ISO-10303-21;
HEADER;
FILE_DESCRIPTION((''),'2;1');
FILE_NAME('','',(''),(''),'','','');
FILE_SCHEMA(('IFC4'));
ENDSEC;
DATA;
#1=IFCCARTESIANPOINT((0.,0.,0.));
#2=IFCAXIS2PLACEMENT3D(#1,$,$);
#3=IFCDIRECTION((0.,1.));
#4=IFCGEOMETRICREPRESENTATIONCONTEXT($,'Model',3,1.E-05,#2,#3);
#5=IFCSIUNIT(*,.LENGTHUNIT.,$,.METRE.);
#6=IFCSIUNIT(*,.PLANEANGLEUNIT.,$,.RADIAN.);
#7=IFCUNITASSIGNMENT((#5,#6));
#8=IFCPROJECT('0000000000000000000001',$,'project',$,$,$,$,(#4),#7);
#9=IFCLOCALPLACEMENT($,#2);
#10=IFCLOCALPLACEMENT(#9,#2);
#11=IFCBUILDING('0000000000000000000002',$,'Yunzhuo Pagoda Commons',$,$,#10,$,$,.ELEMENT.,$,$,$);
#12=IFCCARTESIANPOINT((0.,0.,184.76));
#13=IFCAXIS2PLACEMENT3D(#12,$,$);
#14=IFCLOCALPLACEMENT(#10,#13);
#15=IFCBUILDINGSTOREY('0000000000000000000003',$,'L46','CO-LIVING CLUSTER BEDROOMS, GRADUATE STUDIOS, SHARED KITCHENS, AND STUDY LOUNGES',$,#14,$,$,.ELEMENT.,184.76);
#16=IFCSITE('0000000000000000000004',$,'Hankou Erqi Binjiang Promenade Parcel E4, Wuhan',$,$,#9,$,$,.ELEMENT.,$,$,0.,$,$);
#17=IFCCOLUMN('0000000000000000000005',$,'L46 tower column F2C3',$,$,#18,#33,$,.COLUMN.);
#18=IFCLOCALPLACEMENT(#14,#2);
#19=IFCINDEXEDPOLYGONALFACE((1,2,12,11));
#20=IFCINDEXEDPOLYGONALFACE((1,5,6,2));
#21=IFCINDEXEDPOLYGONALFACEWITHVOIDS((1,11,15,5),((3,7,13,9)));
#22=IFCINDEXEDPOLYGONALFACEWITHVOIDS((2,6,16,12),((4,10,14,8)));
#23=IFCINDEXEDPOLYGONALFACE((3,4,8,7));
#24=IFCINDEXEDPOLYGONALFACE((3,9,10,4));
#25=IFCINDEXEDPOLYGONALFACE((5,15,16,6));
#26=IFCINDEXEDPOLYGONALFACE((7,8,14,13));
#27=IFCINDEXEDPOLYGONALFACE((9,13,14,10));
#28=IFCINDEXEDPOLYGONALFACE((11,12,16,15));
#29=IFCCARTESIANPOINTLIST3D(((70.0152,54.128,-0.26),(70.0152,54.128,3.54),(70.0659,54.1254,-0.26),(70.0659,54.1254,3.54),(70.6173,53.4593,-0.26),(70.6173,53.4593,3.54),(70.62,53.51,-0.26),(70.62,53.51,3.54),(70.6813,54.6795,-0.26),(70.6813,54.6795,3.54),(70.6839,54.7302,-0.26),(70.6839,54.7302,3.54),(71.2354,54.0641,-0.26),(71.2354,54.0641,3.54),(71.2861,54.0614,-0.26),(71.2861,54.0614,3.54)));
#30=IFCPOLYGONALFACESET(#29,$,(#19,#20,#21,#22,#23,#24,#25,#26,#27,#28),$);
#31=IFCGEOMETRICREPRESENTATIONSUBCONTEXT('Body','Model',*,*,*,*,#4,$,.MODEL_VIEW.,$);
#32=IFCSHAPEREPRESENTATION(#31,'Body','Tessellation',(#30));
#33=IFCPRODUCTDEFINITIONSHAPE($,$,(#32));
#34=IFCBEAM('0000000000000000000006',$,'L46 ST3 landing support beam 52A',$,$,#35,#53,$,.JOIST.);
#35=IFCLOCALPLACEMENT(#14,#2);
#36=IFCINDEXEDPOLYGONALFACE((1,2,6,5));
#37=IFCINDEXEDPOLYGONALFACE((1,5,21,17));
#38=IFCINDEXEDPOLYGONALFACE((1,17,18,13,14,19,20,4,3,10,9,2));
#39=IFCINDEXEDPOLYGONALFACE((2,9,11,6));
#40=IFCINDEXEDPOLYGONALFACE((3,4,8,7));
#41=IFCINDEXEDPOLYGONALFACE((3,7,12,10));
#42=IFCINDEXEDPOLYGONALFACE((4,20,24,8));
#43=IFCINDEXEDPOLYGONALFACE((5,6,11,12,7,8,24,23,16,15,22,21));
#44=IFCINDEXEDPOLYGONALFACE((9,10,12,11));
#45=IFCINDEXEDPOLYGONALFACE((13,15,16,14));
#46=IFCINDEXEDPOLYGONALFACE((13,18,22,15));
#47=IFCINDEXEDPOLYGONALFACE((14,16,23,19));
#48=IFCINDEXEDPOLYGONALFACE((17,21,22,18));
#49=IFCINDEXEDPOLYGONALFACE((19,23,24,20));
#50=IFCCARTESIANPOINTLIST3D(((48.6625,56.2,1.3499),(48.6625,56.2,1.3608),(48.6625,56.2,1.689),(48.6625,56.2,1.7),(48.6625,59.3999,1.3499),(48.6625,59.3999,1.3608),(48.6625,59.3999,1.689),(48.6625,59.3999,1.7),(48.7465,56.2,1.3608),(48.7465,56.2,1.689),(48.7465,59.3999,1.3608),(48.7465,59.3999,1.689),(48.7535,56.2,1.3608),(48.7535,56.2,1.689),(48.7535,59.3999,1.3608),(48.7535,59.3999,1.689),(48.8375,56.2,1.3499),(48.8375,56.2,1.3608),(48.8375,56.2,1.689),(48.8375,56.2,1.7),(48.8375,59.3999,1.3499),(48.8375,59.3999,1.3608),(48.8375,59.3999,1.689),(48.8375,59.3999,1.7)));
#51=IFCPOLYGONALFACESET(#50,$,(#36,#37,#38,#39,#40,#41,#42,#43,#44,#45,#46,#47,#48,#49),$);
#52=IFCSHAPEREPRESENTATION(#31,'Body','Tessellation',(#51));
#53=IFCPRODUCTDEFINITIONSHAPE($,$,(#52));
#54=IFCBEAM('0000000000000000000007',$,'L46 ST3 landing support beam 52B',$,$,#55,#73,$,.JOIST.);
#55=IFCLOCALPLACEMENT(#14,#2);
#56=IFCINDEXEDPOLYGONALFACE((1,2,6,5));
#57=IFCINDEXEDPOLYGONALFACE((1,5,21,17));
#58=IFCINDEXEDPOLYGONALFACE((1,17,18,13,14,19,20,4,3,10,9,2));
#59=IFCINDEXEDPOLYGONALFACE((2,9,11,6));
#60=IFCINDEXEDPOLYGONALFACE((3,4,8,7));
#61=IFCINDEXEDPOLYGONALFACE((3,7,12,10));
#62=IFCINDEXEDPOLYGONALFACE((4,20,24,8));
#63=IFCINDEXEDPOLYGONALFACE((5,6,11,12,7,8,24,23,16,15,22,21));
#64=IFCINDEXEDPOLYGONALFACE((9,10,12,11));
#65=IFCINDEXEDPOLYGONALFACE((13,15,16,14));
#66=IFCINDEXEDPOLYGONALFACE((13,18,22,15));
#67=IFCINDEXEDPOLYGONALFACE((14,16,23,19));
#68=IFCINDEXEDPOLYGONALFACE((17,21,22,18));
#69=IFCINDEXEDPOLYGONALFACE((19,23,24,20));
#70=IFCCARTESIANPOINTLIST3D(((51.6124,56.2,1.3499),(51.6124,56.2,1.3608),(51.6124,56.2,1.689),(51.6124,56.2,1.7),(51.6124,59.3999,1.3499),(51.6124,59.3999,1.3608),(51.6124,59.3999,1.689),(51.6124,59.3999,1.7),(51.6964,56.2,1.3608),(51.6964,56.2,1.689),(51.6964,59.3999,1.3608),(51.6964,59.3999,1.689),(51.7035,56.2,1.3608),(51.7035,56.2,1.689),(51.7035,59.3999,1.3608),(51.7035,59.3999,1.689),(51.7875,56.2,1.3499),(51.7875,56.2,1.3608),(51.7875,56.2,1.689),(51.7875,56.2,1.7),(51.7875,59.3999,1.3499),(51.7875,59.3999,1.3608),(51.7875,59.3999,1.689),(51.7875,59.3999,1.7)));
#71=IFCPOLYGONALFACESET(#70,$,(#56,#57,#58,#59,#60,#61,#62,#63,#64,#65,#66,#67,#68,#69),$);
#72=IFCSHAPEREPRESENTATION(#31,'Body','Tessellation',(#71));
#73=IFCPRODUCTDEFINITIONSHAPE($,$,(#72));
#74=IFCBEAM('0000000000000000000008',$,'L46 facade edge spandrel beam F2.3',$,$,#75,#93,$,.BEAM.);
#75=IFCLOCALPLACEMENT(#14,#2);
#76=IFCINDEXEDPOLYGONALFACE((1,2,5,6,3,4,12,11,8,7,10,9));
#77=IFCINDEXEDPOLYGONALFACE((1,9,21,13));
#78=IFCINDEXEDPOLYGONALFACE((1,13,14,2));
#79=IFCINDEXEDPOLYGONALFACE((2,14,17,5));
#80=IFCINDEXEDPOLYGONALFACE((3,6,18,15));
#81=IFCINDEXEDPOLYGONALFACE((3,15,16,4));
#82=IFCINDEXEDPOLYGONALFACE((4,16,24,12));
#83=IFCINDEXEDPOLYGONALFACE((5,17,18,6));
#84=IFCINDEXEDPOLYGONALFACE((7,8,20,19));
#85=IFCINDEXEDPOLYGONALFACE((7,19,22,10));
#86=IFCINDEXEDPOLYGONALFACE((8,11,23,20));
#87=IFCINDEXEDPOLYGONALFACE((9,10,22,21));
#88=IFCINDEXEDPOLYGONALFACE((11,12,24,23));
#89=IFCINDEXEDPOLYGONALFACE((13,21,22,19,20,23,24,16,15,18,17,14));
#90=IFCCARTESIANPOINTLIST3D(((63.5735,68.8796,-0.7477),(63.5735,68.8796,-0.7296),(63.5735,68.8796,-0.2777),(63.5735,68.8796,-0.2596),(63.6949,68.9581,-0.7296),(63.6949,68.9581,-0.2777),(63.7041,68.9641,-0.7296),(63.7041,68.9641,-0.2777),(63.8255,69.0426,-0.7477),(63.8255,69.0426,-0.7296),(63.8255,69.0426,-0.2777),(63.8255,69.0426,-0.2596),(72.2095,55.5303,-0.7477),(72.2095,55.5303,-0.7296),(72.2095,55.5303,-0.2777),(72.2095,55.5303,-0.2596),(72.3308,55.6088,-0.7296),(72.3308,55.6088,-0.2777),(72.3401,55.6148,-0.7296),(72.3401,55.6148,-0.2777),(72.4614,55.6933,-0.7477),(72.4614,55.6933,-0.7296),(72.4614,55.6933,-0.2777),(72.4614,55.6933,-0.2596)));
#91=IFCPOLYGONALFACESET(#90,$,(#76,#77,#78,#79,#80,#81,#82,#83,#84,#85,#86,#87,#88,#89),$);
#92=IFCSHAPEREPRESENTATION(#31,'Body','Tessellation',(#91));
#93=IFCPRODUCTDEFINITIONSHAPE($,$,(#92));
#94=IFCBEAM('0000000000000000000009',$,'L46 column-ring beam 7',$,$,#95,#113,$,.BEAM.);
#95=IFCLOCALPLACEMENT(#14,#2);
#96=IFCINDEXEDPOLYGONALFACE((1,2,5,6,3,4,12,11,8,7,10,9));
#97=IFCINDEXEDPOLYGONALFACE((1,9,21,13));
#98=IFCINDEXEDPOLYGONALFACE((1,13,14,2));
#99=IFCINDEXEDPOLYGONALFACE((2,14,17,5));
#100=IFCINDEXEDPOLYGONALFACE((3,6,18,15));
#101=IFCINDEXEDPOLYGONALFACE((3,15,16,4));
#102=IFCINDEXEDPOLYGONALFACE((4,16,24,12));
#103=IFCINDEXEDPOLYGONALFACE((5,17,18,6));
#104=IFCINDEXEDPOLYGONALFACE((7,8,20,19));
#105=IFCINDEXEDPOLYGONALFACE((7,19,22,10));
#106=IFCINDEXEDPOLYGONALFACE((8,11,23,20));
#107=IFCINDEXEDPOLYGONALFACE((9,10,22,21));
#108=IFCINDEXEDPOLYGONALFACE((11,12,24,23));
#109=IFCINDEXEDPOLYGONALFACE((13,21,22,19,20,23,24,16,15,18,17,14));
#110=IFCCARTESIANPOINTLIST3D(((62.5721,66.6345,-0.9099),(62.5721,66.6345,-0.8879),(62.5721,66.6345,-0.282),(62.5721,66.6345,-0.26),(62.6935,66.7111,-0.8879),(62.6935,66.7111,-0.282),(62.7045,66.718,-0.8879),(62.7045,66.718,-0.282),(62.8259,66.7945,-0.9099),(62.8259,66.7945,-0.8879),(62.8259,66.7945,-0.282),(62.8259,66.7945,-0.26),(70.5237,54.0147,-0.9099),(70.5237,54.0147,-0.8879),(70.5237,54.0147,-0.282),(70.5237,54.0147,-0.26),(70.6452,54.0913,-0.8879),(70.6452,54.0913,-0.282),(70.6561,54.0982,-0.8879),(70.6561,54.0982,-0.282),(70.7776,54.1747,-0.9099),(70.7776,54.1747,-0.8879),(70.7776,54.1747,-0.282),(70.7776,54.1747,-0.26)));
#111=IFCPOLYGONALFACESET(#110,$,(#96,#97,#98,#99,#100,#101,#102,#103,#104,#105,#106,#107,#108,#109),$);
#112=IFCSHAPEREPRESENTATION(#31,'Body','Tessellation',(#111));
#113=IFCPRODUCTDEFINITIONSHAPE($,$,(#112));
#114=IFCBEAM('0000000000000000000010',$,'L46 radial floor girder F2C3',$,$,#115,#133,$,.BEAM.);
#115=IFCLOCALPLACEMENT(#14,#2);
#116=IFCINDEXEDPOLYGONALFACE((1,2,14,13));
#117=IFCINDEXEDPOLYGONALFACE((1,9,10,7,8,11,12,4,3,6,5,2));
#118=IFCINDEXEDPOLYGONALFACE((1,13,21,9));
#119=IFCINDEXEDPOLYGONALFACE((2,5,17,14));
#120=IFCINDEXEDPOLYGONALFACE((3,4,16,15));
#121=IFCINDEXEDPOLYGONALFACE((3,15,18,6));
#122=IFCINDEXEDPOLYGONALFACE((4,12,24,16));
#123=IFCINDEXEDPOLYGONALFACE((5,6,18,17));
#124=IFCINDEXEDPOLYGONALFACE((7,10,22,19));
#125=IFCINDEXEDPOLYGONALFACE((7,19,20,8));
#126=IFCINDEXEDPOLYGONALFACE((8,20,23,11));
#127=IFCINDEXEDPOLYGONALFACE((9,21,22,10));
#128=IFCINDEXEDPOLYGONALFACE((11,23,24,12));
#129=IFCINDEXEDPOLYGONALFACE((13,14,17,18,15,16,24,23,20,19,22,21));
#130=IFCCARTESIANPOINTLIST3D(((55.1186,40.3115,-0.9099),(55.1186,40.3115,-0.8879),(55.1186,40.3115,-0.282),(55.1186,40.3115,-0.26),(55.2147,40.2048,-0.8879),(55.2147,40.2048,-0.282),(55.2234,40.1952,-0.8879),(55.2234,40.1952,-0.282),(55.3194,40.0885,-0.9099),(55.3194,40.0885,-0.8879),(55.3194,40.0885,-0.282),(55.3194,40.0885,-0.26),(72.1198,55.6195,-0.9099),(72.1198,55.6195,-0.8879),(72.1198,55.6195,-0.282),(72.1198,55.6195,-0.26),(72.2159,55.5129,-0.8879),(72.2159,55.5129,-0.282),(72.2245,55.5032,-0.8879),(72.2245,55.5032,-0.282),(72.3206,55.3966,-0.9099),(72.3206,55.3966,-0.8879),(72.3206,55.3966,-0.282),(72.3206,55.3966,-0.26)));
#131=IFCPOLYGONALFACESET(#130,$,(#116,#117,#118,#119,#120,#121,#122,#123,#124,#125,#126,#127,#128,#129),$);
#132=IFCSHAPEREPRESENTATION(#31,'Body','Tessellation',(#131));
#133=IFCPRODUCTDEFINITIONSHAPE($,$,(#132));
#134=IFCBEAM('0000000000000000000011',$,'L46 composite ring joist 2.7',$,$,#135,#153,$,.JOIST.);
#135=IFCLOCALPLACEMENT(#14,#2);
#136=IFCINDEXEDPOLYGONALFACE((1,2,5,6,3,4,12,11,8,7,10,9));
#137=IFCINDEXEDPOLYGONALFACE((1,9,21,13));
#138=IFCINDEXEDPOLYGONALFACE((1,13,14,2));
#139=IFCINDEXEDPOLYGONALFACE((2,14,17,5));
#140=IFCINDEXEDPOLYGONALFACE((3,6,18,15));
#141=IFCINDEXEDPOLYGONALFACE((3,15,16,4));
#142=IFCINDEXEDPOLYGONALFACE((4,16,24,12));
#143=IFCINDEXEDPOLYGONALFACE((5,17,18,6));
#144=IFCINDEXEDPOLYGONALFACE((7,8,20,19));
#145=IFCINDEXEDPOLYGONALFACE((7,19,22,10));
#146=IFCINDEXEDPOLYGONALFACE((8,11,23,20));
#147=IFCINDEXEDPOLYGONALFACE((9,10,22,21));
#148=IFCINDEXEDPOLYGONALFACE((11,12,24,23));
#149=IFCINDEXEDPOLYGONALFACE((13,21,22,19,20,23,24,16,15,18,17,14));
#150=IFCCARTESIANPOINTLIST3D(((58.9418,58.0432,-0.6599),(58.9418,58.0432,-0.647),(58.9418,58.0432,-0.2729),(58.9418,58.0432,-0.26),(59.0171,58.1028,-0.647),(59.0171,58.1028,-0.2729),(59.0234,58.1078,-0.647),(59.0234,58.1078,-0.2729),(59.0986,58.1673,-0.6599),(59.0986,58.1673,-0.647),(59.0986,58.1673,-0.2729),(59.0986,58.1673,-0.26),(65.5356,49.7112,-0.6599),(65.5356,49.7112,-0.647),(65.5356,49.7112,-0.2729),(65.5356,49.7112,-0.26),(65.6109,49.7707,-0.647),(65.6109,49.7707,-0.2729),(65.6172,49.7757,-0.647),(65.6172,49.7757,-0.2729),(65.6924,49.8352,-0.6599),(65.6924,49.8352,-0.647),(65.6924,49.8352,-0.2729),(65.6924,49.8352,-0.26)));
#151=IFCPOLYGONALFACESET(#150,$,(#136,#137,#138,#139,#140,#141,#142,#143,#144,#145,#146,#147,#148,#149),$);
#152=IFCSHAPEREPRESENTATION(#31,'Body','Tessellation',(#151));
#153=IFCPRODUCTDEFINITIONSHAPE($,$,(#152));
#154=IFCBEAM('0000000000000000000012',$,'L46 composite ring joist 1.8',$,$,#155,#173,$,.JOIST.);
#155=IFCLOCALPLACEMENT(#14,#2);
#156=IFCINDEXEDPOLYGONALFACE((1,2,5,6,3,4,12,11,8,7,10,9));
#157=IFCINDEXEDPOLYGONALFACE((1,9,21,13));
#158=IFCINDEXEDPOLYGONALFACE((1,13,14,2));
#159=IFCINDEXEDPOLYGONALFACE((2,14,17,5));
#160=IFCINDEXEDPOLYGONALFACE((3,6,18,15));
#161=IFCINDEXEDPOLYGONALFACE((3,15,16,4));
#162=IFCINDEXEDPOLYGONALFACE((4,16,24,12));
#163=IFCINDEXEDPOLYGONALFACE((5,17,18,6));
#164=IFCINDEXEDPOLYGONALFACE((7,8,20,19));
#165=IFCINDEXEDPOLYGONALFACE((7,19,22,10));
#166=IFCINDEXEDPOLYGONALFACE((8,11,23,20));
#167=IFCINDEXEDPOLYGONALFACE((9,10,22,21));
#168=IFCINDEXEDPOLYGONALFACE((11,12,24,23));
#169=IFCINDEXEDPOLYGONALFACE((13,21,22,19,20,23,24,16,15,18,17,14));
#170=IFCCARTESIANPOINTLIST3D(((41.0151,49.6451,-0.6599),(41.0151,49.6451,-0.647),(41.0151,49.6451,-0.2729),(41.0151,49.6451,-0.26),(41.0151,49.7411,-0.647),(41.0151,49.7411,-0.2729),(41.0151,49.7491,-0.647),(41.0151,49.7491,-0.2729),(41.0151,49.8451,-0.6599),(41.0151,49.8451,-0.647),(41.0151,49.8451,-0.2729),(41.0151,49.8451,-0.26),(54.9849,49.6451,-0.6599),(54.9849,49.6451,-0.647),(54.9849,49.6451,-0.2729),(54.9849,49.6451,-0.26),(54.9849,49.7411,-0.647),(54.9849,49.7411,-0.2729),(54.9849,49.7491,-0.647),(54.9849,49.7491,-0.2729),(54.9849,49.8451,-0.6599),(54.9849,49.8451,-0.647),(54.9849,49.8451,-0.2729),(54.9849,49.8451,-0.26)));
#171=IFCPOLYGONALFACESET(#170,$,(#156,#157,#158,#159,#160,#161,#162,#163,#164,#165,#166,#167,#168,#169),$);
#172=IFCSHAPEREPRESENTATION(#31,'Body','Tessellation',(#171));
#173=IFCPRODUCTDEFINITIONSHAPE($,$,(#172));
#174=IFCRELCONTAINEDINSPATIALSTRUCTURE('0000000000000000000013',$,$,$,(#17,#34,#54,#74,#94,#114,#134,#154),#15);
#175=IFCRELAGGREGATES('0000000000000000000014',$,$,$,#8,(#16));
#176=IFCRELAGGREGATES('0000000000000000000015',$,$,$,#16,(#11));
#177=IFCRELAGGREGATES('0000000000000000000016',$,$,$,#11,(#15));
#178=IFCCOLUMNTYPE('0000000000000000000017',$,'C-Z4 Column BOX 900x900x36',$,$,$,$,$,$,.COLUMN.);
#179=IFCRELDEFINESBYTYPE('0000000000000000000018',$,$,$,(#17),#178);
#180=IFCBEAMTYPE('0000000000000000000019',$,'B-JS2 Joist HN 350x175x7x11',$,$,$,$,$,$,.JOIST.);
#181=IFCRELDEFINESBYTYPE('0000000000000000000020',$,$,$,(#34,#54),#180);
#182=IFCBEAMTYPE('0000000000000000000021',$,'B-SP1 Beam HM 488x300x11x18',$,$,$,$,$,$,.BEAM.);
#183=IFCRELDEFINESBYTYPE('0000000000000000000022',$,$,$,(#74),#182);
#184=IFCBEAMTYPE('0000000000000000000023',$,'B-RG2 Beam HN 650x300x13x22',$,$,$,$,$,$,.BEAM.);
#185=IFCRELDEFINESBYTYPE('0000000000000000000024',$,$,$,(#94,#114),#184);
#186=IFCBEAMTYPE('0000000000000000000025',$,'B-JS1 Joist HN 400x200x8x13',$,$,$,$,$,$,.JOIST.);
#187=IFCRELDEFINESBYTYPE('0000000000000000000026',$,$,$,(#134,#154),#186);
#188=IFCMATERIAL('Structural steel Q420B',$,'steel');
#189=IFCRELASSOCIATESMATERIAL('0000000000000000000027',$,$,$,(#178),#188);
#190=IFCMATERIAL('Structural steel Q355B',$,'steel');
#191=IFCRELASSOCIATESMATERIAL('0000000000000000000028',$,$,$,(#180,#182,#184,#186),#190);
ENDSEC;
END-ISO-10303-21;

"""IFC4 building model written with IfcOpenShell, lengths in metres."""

from ifc_helpers import new_model, si_unit, direction, frame, origin, origin_2d, place, context, subcontext, project, spatial, hollow_rectangle, i_section, extrude, source, transform, mapped, material, material_profile, profile_set, type_object, element, save


model = new_model("IFC4")

# Units and contexts
model_context = context("Model", 3, precision=1e-05, world=origin(), true_north=direction((0.0, 1.0)))
body_context = subcontext(model_context, "Body", "Model", "MODEL_VIEW")
ifc_project = project(units=[si_unit("LENGTHUNIT", "METRE"), si_unit("PLANEANGLEUNIT", "RADIAN")], contexts=[model_context])

# Site, building, storey
site_placement = place(None, origin())
site = spatial("IfcSite", under=ifc_project, at=site_placement, Name="Hankou Erqi Binjiang Promenade Parcel E4, Wuhan", CompositionType="ELEMENT", RefElevation=0.0)
building_placement = place(site_placement, origin())
building = spatial("IfcBuilding", under=site, at=building_placement, Name="Yunzhuo Pagoda Commons", CompositionType="ELEMENT")
storey_placement = place(building_placement, frame((0.0, 0.0, 184.76)))
storey = spatial("IfcBuildingStorey", under=building, at=storey_placement, Name="L46", Description="CO-LIVING CLUSTER BEDROOMS, GRADUATE STUDIOS, SHARED KITCHENS, AND STUDY LOUNGES", CompositionType="ELEMENT", Elevation=184.76)

# Column
ifc_material_1 = material(Name="Structural steel Q420B", Category="steel")
ifc_material_profile_1 = material_profile(ifc_material_1, hollow_rectangle(XDim=0.8999, YDim=0.8999, WallThickness=0.0359, at=origin_2d()), Name="Structural steel Q420B")
ifc_profile_set_1 = profile_set([ifc_material_profile_1], Name="Structural steel Q420B")
column_type = type_object("IfcColumnType", Name="C-Z4 Column BOX 900x900x36", PredefinedType="COLUMN", material=ifc_profile_set_1)
shared_shape_1 = source(origin(), body_context, "Body", "SweptSolid", [
    extrude(hollow_rectangle(XDim=0.8999, YDim=0.8999, WallThickness=0.0359, at=origin_2d()), origin(), (0.0, 0.0, 1.0), 3.8),
])
column_placement = place(storey_placement, frame((70.6506, 54.0947, -0.26), z_axis=(0.0, 0.0, 1.0), x_axis=(-0.669131, 0.743145, 0.0)))
element("IfcColumn", 1, at=column_placement, inside=storey, type_object=column_type, Name="L46 tower column F2C3", PredefinedType="COLUMN", context=body_context, shape_type="MappedRepresentation", body=[
    mapped(shared_shape_1, transform((0.0, 0.0, 0.0), scale=1.0)),
])

# Beams
ifc_material_2 = material(Name="Structural steel Q355B", Category="steel")
ifc_material_profile_2 = material_profile(ifc_material_2, i_section(OverallWidth=0.175, OverallDepth=0.3501, WebThickness=0.0071, FlangeThickness=0.011, at=origin_2d()), Name="Structural steel Q355B")
ifc_profile_set_2 = profile_set([ifc_material_profile_2], Name="Structural steel Q355B")
beam_type_1 = type_object("IfcBeamType", Name="B-JS2 Joist HN 350x175x7x11", PredefinedType="JOIST", material=ifc_profile_set_2)
shared_shape_2 = source(origin(), body_context, "Body", "SweptSolid", [
    extrude(i_section(OverallWidth=0.175, OverallDepth=0.3501, WebThickness=0.0071, FlangeThickness=0.011, at=origin_2d()), origin(), (0.0, 0.0, 1.0), 3.2),
])
for number, where, z_axis, x_axis, name in (
    (2, (48.75, 56.2, 1.5249), (0.0, 1.0, 0.0), (-1.0, 0.0, 0.0), "L46 ST3 landing support beam 52A"),
    (3, (51.7, 56.2, 1.5249), (0.0, 1.0, 0.0), (-1.0, 0.0, 0.0), "L46 ST3 landing support beam 52B"),
):
    element("IfcBeam", number, at=place(storey_placement, frame(where, z_axis=z_axis, x_axis=x_axis)), inside=storey, type_object=beam_type_1, Name=name, PredefinedType="JOIST", context=body_context, shape_type="MappedRepresentation", body=[
        mapped(shared_shape_2, transform((0.0, 0.0, 0.0), scale=1.0)),
    ])
ifc_material_profile_3 = material_profile(ifc_material_2, i_section(OverallWidth=0.3, OverallDepth=0.488, WebThickness=0.011, FlangeThickness=0.0181, at=origin_2d()), Name="Structural steel Q355B")
ifc_profile_set_3 = profile_set([ifc_material_profile_3], Name="Structural steel Q355B")
beam_type_2 = type_object("IfcBeamType", Name="B-SP1 Beam HM 488x300x11x18", PredefinedType="BEAM", material=ifc_profile_set_3)
shared_shape_3 = source(origin(), body_context, "Body", "SweptSolid", [
    extrude(i_section(OverallWidth=0.3, OverallDepth=0.488, WebThickness=0.011, FlangeThickness=0.0181, at=origin_2d()), origin(), (0.0, 0.0, 1.0), 15.8992),
])
beam_1_placement = place(storey_placement, frame((72.3354, 55.6118, -0.5037), z_axis=(-0.54317, 0.839623, 0.0), x_axis=(-0.839623, -0.54317, 0.0)))
element("IfcBeam", 4, at=beam_1_placement, inside=storey, type_object=beam_type_2, Name="L46 facade edge spandrel beam F2.3", PredefinedType="BEAM", context=body_context, shape_type="MappedRepresentation", body=[
    mapped(shared_shape_3, transform((0.0, 0.0, 0.0), scale=1.0)),
])
ifc_material_profile_4 = material_profile(ifc_material_2, i_section(OverallWidth=0.3, OverallDepth=0.6499, WebThickness=0.0129, FlangeThickness=0.022, at=origin_2d()), Name="Structural steel Q355B")
ifc_profile_set_4 = profile_set([ifc_material_profile_4], Name="Structural steel Q355B")
beam_type_3 = type_object("IfcBeamType", Name="B-RG2 Beam HN 650x300x13x22", PredefinedType="BEAM", material=ifc_profile_set_4)
shared_shape_4 = source(origin(), body_context, "Body", "SweptSolid", [
    extrude(i_section(OverallWidth=0.3, OverallDepth=0.6499, WebThickness=0.0129, FlangeThickness=0.022, at=origin_2d()), origin(), (0.0, 0.0, 1.0), 14.916),
])
beam_2_placement = place(storey_placement, frame((70.6506, 54.0947, -0.585), z_axis=(-0.533092, 0.846057, 0.0), x_axis=(-0.846057, -0.533092, 0.0)))
element("IfcBeam", 5, at=beam_2_placement, inside=storey, type_object=beam_type_3, Name="L46 column-ring beam 7", PredefinedType="BEAM", context=body_context, shape_type="MappedRepresentation", body=[
    mapped(shared_shape_4, transform((0.0, 0.0, 0.0), scale=1.0)),
])
shared_shape_5 = source(origin(), body_context, "Body", "SweptSolid", [
    extrude(i_section(OverallWidth=0.3, OverallDepth=0.6499, WebThickness=0.0129, FlangeThickness=0.022, at=origin_2d()), origin(), (0.0, 0.0, 1.0), 22.8774),
])
beam_3_placement = place(storey_placement, frame((72.2202, 55.5081, -0.585), z_axis=(-0.743142, -0.669134, 0.0), x_axis=(0.669134, -0.743142, 0.0)))
element("IfcBeam", 6, at=beam_3_placement, inside=storey, type_object=beam_type_3, Name="L46 radial floor girder F2C3", PredefinedType="BEAM", context=body_context, shape_type="MappedRepresentation", body=[
    mapped(shared_shape_5, transform((0.0, 0.0, 0.0), scale=1.0)),
])
ifc_material_profile_5 = material_profile(ifc_material_2, i_section(OverallWidth=0.2, OverallDepth=0.3999, WebThickness=0.0081, FlangeThickness=0.0129, at=origin_2d()), Name="Structural steel Q355B")
ifc_profile_set_5 = profile_set([ifc_material_profile_5], Name="Structural steel Q355B")
beam_type_4 = type_object("IfcBeamType", Name="B-JS1 Joist HN 400x200x8x13", PredefinedType="JOIST", material=ifc_profile_set_5)
shared_shape_6 = source(origin(), body_context, "Body", "SweptSolid", [
    extrude(i_section(OverallWidth=0.2, OverallDepth=0.3999, WebThickness=0.0081, FlangeThickness=0.0129, at=origin_2d()), origin(), (0.0, 0.0, 1.0), 10.6255),
])
beam_4_placement = place(storey_placement, frame((65.614, 49.7732, -0.46), z_axis=(-0.620562, 0.784158, 0.0), x_axis=(-0.784158, -0.620562, 0.0)))
element("IfcBeam", 7, at=beam_4_placement, inside=storey, type_object=beam_type_4, Name="L46 composite ring joist 2.7", PredefinedType="JOIST", context=body_context, shape_type="MappedRepresentation", body=[
    mapped(shared_shape_6, transform((0.0, 0.0, 0.0), scale=1.0)),
])
shared_shape_7 = source(origin(), body_context, "Body", "SweptSolid", [
    extrude(i_section(OverallWidth=0.2, OverallDepth=0.3999, WebThickness=0.0081, FlangeThickness=0.0129, at=origin_2d()), origin(), (0.0, 0.0, 1.0), 13.9697),
])
beam_5_placement = place(storey_placement, frame((54.9849, 49.7451, -0.46), z_axis=(-1.0, 0.0, 0.0), x_axis=(0.0, -1.0, 0.0)))
element("IfcBeam", 8, at=beam_5_placement, inside=storey, type_object=beam_type_4, Name="L46 composite ring joist 1.8", PredefinedType="JOIST", context=body_context, shape_type="MappedRepresentation", body=[
    mapped(shared_shape_7, transform((0.0, 0.0, 0.0), scale=1.0)),
])

save(model, "model.ifc")
